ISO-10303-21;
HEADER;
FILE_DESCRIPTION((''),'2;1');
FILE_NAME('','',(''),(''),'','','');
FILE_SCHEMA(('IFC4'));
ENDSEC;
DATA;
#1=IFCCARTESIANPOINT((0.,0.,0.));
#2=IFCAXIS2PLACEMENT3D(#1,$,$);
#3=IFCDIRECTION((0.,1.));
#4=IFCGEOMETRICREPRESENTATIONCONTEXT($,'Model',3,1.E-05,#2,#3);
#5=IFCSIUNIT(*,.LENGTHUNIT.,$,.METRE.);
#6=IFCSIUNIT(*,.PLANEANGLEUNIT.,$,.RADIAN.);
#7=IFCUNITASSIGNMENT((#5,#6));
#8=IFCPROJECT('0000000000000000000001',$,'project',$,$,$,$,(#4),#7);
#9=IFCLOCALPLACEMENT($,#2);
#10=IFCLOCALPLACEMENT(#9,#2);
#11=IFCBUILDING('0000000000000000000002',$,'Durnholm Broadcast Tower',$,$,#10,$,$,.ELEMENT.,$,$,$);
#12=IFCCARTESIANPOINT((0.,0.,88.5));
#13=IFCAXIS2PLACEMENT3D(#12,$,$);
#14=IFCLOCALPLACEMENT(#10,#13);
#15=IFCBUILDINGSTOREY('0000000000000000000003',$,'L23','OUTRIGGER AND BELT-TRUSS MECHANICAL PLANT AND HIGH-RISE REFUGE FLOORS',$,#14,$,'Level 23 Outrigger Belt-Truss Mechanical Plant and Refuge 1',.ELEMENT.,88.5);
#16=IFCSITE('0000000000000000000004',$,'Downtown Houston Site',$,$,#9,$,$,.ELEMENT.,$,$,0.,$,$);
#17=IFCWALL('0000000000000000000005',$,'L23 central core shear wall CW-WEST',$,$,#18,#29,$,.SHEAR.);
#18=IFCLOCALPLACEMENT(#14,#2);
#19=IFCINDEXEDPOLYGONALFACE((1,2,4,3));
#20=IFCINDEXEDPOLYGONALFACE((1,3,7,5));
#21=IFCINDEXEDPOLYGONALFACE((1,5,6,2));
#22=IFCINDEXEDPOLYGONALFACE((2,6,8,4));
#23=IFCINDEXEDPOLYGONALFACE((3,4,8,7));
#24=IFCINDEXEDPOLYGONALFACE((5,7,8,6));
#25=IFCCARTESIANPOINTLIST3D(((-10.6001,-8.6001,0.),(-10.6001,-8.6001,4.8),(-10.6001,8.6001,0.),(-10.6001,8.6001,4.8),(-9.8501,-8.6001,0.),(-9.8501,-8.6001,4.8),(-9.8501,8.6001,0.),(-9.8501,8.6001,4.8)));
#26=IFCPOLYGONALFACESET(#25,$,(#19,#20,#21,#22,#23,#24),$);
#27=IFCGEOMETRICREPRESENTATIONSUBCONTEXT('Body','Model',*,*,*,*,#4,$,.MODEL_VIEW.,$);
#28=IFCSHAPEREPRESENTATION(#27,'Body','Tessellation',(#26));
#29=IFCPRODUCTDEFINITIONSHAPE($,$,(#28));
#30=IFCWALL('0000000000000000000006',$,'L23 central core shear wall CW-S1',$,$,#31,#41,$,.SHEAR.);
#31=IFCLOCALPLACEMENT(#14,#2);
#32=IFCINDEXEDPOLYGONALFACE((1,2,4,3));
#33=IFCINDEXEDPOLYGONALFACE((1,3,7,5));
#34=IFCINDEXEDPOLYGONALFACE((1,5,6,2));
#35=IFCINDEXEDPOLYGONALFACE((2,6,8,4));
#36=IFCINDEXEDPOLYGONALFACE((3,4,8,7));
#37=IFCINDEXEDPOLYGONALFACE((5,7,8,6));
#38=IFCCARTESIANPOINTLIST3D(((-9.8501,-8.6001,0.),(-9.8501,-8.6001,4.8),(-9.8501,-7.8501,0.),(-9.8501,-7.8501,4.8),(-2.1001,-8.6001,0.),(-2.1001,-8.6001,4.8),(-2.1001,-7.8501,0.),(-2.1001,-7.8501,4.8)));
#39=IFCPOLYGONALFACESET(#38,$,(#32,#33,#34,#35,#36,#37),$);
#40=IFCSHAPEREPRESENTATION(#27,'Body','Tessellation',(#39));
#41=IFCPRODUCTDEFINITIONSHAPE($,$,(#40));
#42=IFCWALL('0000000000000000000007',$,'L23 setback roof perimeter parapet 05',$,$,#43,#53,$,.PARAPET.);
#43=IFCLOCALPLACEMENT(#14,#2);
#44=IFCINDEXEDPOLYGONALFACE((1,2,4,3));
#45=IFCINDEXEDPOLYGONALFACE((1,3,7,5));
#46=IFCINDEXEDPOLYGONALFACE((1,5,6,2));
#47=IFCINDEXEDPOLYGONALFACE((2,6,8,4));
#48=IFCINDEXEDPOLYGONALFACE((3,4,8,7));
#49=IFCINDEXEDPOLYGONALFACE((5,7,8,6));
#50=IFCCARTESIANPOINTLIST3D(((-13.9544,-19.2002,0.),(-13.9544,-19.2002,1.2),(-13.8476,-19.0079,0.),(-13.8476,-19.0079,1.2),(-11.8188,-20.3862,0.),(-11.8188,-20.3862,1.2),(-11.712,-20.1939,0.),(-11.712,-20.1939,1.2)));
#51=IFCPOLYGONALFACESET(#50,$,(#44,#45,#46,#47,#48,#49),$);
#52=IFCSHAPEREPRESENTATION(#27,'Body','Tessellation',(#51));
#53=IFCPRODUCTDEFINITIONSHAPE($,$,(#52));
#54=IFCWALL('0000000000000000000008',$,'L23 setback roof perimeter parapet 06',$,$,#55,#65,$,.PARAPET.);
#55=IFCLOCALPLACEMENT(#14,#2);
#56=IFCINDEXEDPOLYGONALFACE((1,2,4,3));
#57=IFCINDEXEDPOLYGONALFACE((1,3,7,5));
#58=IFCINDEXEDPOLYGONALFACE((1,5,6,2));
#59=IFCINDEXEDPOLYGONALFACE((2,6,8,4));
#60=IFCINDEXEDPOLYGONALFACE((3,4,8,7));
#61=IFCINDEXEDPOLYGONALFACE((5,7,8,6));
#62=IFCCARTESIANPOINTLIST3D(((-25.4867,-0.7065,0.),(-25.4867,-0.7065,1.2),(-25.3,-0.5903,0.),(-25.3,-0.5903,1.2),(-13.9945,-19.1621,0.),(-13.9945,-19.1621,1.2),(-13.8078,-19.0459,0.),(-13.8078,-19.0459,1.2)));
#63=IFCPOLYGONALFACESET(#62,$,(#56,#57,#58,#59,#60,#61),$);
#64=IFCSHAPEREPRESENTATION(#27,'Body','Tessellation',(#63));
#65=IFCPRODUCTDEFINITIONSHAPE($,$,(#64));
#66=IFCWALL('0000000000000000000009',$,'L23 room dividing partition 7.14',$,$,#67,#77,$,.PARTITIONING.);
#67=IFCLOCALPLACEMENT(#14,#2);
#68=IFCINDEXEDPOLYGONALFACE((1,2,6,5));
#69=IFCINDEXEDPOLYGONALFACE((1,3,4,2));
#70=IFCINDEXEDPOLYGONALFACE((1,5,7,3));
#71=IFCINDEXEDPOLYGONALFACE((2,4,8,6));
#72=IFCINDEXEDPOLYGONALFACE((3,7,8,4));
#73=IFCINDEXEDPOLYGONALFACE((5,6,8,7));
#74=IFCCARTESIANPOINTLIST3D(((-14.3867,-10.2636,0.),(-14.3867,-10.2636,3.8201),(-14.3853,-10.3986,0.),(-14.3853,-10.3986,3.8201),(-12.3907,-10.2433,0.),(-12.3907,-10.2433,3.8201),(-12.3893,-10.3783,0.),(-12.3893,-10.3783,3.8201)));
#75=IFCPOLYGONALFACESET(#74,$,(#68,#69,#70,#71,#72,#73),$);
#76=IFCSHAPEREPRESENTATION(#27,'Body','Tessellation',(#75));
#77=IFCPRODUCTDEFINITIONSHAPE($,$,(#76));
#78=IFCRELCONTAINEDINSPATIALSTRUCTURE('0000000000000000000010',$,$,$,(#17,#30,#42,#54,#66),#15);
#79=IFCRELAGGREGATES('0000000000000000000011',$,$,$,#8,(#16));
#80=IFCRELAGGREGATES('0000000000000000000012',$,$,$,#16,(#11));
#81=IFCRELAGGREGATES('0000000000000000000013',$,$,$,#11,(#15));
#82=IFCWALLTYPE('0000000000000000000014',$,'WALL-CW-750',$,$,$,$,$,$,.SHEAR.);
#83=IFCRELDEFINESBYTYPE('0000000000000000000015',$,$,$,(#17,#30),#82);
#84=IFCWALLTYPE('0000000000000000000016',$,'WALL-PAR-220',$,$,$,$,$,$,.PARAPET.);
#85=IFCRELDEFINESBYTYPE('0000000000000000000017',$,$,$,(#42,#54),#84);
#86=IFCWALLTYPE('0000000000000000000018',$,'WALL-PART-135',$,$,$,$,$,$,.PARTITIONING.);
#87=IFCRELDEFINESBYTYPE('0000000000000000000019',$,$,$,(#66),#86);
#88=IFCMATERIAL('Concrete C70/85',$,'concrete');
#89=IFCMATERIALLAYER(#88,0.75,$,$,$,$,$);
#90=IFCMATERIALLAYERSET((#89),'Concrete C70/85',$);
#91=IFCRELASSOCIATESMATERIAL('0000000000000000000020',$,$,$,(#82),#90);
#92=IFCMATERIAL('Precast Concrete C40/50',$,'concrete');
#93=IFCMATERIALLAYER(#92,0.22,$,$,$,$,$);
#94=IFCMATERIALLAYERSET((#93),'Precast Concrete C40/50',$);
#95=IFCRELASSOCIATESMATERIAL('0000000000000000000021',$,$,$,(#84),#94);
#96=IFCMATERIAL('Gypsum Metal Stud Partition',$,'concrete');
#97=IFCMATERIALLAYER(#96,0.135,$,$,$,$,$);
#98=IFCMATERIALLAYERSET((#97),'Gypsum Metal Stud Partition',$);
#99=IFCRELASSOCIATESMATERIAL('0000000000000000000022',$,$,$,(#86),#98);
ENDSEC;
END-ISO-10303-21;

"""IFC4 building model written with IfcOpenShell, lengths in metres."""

from ifc_helpers import new_model, si_unit, direction, frame, frame_2d, origin, place, context, subcontext, project, spatial, rectangle, extrude, material, layer, layer_set, type_object, element, save


model = new_model("IFC4")

# Units and contexts
model_context = context("Model", 3, precision=1e-05, world=origin(), true_north=direction((0.0, 1.0)))
body_context = subcontext(model_context, "Body", "Model", "MODEL_VIEW")
ifc_project = project(units=[si_unit("LENGTHUNIT", "METRE"), si_unit("PLANEANGLEUNIT", "RADIAN")], contexts=[model_context])

# Site, building, storey
site_placement = place(None, origin())
site = spatial("IfcSite", under=ifc_project, at=site_placement, Name="Downtown Houston Site", CompositionType="ELEMENT", RefElevation=0.0)
building_placement = place(site_placement, origin())
building = spatial("IfcBuilding", under=site, at=building_placement, Name="Durnholm Broadcast Tower", CompositionType="ELEMENT")
storey_placement = place(building_placement, frame((0.0, 0.0, 88.5)))
storey = spatial("IfcBuildingStorey", under=building, at=storey_placement, Name="L23", Description="OUTRIGGER AND BELT-TRUSS MECHANICAL PLANT AND HIGH-RISE REFUGE FLOORS", LongName="Level 23 Outrigger Belt-Truss Mechanical Plant and Refuge 1", CompositionType="ELEMENT", Elevation=88.5)

# Shared definitions
ifc_material_1 = material(Name="Concrete C70/85", Category="concrete")

# Walls
ifc_layer_1 = layer(ifc_material_1, 0.75)
ifc_layer_set_1 = layer_set([ifc_layer_1], Name="Concrete C70/85")
wall_type_1 = type_object("IfcWallType", Name="WALL-CW-750", PredefinedType="SHEAR", material=ifc_layer_set_1)
wall_1_placement = place(storey_placement, frame((-10.2251, -8.6001, 0.0), z_axis=(0.0, 0.0, 1.0), x_axis=(0.0, 1.0, 0.0)))
element("IfcWall", 1, at=wall_1_placement, inside=storey, type_object=wall_type_1, Name="L23 central core shear wall CW-WEST", PredefinedType="SHEAR", context=body_context, shape_type="SweptSolid", body=[
    extrude(rectangle(XDim=17.2002, YDim=0.75, at=frame_2d((8.6001, 0.0))), origin(), (0.0, 0.0, 1.0), 4.8),
])
wall_2_placement = place(storey_placement, frame((-9.8501, -8.2251, 0.0), z_axis=(0.0, 0.0, 1.0), x_axis=(1.0, 0.0, 0.0)))
element("IfcWall", 2, at=wall_2_placement, inside=storey, type_object=wall_type_1, Name="L23 central core shear wall CW-S1", PredefinedType="SHEAR", context=body_context, shape_type="SweptSolid", body=[
    extrude(rectangle(XDim=7.75, YDim=0.75, at=frame_2d((3.875, 0.0))), origin(), (0.0, 0.0, 1.0), 4.8),
])

# Walls
ifc_material_2 = material(Name="Precast Concrete C40/50", Category="concrete")
ifc_layer_2 = layer(ifc_material_2, 0.22)
ifc_layer_set_2 = layer_set([ifc_layer_2], Name="Precast Concrete C40/50")
wall_type_2 = type_object("IfcWallType", Name="WALL-PAR-220", PredefinedType="PARAPET", material=ifc_layer_set_2)
wall_3_placement = place(storey_placement, frame((-11.7654, -20.29, 0.0), z_axis=(0.0, 0.0, 1.0), x_axis=(-0.874242, 0.48549, 0.0)))
element("IfcWall", 3, at=wall_3_placement, inside=storey, type_object=wall_type_2, Name="L23 setback roof perimeter parapet 05", PredefinedType="PARAPET", context=body_context, shape_type="SweptSolid", body=[
    extrude(rectangle(XDim=2.4429, YDim=0.22, at=frame_2d((1.2214, 0.0))), origin(), (0.0, 0.0, 1.0), 1.2),
])
wall_4_placement = place(storey_placement, frame((-13.9011, -19.104, 0.0), z_axis=(0.0, 0.0, 1.0), x_axis=(-0.528591, 0.848877, 0.0)))
element("IfcWall", 4, at=wall_4_placement, inside=storey, type_object=wall_type_2, Name="L23 setback roof perimeter parapet 06", PredefinedType="PARAPET", context=body_context, shape_type="SweptSolid", body=[
    extrude(rectangle(XDim=21.7412, YDim=0.22, at=frame_2d((10.8706, 0.0))), origin(), (0.0, 0.0, 1.0), 1.2),
])
ifc_material_3 = material(Name="Gypsum Metal Stud Partition", Category="concrete")
ifc_layer_3 = layer(ifc_material_3, 0.135)
ifc_layer_set_3 = layer_set([ifc_layer_3], Name="Gypsum Metal Stud Partition")
wall_type_3 = type_object("IfcWallType", Name="WALL-PART-135", PredefinedType="PARTITIONING", material=ifc_layer_set_3)
wall_5_placement = place(storey_placement, frame((-14.386, -10.3311, 0.0), z_axis=(0.0, 0.0, 1.0), x_axis=(0.999948, 0.010151, 0.0)))
element("IfcWall", 5, at=wall_5_placement, inside=storey, type_object=wall_type_3, Name="L23 room dividing partition 7.14", PredefinedType="PARTITIONING", context=body_context, shape_type="SweptSolid", body=[
    extrude(rectangle(XDim=1.9961, YDim=0.135, at=frame_2d((0.998, 0.0))), origin(), (0.0, 0.0, 1.0), 3.8201),
])

save(model, "model.ifc")
